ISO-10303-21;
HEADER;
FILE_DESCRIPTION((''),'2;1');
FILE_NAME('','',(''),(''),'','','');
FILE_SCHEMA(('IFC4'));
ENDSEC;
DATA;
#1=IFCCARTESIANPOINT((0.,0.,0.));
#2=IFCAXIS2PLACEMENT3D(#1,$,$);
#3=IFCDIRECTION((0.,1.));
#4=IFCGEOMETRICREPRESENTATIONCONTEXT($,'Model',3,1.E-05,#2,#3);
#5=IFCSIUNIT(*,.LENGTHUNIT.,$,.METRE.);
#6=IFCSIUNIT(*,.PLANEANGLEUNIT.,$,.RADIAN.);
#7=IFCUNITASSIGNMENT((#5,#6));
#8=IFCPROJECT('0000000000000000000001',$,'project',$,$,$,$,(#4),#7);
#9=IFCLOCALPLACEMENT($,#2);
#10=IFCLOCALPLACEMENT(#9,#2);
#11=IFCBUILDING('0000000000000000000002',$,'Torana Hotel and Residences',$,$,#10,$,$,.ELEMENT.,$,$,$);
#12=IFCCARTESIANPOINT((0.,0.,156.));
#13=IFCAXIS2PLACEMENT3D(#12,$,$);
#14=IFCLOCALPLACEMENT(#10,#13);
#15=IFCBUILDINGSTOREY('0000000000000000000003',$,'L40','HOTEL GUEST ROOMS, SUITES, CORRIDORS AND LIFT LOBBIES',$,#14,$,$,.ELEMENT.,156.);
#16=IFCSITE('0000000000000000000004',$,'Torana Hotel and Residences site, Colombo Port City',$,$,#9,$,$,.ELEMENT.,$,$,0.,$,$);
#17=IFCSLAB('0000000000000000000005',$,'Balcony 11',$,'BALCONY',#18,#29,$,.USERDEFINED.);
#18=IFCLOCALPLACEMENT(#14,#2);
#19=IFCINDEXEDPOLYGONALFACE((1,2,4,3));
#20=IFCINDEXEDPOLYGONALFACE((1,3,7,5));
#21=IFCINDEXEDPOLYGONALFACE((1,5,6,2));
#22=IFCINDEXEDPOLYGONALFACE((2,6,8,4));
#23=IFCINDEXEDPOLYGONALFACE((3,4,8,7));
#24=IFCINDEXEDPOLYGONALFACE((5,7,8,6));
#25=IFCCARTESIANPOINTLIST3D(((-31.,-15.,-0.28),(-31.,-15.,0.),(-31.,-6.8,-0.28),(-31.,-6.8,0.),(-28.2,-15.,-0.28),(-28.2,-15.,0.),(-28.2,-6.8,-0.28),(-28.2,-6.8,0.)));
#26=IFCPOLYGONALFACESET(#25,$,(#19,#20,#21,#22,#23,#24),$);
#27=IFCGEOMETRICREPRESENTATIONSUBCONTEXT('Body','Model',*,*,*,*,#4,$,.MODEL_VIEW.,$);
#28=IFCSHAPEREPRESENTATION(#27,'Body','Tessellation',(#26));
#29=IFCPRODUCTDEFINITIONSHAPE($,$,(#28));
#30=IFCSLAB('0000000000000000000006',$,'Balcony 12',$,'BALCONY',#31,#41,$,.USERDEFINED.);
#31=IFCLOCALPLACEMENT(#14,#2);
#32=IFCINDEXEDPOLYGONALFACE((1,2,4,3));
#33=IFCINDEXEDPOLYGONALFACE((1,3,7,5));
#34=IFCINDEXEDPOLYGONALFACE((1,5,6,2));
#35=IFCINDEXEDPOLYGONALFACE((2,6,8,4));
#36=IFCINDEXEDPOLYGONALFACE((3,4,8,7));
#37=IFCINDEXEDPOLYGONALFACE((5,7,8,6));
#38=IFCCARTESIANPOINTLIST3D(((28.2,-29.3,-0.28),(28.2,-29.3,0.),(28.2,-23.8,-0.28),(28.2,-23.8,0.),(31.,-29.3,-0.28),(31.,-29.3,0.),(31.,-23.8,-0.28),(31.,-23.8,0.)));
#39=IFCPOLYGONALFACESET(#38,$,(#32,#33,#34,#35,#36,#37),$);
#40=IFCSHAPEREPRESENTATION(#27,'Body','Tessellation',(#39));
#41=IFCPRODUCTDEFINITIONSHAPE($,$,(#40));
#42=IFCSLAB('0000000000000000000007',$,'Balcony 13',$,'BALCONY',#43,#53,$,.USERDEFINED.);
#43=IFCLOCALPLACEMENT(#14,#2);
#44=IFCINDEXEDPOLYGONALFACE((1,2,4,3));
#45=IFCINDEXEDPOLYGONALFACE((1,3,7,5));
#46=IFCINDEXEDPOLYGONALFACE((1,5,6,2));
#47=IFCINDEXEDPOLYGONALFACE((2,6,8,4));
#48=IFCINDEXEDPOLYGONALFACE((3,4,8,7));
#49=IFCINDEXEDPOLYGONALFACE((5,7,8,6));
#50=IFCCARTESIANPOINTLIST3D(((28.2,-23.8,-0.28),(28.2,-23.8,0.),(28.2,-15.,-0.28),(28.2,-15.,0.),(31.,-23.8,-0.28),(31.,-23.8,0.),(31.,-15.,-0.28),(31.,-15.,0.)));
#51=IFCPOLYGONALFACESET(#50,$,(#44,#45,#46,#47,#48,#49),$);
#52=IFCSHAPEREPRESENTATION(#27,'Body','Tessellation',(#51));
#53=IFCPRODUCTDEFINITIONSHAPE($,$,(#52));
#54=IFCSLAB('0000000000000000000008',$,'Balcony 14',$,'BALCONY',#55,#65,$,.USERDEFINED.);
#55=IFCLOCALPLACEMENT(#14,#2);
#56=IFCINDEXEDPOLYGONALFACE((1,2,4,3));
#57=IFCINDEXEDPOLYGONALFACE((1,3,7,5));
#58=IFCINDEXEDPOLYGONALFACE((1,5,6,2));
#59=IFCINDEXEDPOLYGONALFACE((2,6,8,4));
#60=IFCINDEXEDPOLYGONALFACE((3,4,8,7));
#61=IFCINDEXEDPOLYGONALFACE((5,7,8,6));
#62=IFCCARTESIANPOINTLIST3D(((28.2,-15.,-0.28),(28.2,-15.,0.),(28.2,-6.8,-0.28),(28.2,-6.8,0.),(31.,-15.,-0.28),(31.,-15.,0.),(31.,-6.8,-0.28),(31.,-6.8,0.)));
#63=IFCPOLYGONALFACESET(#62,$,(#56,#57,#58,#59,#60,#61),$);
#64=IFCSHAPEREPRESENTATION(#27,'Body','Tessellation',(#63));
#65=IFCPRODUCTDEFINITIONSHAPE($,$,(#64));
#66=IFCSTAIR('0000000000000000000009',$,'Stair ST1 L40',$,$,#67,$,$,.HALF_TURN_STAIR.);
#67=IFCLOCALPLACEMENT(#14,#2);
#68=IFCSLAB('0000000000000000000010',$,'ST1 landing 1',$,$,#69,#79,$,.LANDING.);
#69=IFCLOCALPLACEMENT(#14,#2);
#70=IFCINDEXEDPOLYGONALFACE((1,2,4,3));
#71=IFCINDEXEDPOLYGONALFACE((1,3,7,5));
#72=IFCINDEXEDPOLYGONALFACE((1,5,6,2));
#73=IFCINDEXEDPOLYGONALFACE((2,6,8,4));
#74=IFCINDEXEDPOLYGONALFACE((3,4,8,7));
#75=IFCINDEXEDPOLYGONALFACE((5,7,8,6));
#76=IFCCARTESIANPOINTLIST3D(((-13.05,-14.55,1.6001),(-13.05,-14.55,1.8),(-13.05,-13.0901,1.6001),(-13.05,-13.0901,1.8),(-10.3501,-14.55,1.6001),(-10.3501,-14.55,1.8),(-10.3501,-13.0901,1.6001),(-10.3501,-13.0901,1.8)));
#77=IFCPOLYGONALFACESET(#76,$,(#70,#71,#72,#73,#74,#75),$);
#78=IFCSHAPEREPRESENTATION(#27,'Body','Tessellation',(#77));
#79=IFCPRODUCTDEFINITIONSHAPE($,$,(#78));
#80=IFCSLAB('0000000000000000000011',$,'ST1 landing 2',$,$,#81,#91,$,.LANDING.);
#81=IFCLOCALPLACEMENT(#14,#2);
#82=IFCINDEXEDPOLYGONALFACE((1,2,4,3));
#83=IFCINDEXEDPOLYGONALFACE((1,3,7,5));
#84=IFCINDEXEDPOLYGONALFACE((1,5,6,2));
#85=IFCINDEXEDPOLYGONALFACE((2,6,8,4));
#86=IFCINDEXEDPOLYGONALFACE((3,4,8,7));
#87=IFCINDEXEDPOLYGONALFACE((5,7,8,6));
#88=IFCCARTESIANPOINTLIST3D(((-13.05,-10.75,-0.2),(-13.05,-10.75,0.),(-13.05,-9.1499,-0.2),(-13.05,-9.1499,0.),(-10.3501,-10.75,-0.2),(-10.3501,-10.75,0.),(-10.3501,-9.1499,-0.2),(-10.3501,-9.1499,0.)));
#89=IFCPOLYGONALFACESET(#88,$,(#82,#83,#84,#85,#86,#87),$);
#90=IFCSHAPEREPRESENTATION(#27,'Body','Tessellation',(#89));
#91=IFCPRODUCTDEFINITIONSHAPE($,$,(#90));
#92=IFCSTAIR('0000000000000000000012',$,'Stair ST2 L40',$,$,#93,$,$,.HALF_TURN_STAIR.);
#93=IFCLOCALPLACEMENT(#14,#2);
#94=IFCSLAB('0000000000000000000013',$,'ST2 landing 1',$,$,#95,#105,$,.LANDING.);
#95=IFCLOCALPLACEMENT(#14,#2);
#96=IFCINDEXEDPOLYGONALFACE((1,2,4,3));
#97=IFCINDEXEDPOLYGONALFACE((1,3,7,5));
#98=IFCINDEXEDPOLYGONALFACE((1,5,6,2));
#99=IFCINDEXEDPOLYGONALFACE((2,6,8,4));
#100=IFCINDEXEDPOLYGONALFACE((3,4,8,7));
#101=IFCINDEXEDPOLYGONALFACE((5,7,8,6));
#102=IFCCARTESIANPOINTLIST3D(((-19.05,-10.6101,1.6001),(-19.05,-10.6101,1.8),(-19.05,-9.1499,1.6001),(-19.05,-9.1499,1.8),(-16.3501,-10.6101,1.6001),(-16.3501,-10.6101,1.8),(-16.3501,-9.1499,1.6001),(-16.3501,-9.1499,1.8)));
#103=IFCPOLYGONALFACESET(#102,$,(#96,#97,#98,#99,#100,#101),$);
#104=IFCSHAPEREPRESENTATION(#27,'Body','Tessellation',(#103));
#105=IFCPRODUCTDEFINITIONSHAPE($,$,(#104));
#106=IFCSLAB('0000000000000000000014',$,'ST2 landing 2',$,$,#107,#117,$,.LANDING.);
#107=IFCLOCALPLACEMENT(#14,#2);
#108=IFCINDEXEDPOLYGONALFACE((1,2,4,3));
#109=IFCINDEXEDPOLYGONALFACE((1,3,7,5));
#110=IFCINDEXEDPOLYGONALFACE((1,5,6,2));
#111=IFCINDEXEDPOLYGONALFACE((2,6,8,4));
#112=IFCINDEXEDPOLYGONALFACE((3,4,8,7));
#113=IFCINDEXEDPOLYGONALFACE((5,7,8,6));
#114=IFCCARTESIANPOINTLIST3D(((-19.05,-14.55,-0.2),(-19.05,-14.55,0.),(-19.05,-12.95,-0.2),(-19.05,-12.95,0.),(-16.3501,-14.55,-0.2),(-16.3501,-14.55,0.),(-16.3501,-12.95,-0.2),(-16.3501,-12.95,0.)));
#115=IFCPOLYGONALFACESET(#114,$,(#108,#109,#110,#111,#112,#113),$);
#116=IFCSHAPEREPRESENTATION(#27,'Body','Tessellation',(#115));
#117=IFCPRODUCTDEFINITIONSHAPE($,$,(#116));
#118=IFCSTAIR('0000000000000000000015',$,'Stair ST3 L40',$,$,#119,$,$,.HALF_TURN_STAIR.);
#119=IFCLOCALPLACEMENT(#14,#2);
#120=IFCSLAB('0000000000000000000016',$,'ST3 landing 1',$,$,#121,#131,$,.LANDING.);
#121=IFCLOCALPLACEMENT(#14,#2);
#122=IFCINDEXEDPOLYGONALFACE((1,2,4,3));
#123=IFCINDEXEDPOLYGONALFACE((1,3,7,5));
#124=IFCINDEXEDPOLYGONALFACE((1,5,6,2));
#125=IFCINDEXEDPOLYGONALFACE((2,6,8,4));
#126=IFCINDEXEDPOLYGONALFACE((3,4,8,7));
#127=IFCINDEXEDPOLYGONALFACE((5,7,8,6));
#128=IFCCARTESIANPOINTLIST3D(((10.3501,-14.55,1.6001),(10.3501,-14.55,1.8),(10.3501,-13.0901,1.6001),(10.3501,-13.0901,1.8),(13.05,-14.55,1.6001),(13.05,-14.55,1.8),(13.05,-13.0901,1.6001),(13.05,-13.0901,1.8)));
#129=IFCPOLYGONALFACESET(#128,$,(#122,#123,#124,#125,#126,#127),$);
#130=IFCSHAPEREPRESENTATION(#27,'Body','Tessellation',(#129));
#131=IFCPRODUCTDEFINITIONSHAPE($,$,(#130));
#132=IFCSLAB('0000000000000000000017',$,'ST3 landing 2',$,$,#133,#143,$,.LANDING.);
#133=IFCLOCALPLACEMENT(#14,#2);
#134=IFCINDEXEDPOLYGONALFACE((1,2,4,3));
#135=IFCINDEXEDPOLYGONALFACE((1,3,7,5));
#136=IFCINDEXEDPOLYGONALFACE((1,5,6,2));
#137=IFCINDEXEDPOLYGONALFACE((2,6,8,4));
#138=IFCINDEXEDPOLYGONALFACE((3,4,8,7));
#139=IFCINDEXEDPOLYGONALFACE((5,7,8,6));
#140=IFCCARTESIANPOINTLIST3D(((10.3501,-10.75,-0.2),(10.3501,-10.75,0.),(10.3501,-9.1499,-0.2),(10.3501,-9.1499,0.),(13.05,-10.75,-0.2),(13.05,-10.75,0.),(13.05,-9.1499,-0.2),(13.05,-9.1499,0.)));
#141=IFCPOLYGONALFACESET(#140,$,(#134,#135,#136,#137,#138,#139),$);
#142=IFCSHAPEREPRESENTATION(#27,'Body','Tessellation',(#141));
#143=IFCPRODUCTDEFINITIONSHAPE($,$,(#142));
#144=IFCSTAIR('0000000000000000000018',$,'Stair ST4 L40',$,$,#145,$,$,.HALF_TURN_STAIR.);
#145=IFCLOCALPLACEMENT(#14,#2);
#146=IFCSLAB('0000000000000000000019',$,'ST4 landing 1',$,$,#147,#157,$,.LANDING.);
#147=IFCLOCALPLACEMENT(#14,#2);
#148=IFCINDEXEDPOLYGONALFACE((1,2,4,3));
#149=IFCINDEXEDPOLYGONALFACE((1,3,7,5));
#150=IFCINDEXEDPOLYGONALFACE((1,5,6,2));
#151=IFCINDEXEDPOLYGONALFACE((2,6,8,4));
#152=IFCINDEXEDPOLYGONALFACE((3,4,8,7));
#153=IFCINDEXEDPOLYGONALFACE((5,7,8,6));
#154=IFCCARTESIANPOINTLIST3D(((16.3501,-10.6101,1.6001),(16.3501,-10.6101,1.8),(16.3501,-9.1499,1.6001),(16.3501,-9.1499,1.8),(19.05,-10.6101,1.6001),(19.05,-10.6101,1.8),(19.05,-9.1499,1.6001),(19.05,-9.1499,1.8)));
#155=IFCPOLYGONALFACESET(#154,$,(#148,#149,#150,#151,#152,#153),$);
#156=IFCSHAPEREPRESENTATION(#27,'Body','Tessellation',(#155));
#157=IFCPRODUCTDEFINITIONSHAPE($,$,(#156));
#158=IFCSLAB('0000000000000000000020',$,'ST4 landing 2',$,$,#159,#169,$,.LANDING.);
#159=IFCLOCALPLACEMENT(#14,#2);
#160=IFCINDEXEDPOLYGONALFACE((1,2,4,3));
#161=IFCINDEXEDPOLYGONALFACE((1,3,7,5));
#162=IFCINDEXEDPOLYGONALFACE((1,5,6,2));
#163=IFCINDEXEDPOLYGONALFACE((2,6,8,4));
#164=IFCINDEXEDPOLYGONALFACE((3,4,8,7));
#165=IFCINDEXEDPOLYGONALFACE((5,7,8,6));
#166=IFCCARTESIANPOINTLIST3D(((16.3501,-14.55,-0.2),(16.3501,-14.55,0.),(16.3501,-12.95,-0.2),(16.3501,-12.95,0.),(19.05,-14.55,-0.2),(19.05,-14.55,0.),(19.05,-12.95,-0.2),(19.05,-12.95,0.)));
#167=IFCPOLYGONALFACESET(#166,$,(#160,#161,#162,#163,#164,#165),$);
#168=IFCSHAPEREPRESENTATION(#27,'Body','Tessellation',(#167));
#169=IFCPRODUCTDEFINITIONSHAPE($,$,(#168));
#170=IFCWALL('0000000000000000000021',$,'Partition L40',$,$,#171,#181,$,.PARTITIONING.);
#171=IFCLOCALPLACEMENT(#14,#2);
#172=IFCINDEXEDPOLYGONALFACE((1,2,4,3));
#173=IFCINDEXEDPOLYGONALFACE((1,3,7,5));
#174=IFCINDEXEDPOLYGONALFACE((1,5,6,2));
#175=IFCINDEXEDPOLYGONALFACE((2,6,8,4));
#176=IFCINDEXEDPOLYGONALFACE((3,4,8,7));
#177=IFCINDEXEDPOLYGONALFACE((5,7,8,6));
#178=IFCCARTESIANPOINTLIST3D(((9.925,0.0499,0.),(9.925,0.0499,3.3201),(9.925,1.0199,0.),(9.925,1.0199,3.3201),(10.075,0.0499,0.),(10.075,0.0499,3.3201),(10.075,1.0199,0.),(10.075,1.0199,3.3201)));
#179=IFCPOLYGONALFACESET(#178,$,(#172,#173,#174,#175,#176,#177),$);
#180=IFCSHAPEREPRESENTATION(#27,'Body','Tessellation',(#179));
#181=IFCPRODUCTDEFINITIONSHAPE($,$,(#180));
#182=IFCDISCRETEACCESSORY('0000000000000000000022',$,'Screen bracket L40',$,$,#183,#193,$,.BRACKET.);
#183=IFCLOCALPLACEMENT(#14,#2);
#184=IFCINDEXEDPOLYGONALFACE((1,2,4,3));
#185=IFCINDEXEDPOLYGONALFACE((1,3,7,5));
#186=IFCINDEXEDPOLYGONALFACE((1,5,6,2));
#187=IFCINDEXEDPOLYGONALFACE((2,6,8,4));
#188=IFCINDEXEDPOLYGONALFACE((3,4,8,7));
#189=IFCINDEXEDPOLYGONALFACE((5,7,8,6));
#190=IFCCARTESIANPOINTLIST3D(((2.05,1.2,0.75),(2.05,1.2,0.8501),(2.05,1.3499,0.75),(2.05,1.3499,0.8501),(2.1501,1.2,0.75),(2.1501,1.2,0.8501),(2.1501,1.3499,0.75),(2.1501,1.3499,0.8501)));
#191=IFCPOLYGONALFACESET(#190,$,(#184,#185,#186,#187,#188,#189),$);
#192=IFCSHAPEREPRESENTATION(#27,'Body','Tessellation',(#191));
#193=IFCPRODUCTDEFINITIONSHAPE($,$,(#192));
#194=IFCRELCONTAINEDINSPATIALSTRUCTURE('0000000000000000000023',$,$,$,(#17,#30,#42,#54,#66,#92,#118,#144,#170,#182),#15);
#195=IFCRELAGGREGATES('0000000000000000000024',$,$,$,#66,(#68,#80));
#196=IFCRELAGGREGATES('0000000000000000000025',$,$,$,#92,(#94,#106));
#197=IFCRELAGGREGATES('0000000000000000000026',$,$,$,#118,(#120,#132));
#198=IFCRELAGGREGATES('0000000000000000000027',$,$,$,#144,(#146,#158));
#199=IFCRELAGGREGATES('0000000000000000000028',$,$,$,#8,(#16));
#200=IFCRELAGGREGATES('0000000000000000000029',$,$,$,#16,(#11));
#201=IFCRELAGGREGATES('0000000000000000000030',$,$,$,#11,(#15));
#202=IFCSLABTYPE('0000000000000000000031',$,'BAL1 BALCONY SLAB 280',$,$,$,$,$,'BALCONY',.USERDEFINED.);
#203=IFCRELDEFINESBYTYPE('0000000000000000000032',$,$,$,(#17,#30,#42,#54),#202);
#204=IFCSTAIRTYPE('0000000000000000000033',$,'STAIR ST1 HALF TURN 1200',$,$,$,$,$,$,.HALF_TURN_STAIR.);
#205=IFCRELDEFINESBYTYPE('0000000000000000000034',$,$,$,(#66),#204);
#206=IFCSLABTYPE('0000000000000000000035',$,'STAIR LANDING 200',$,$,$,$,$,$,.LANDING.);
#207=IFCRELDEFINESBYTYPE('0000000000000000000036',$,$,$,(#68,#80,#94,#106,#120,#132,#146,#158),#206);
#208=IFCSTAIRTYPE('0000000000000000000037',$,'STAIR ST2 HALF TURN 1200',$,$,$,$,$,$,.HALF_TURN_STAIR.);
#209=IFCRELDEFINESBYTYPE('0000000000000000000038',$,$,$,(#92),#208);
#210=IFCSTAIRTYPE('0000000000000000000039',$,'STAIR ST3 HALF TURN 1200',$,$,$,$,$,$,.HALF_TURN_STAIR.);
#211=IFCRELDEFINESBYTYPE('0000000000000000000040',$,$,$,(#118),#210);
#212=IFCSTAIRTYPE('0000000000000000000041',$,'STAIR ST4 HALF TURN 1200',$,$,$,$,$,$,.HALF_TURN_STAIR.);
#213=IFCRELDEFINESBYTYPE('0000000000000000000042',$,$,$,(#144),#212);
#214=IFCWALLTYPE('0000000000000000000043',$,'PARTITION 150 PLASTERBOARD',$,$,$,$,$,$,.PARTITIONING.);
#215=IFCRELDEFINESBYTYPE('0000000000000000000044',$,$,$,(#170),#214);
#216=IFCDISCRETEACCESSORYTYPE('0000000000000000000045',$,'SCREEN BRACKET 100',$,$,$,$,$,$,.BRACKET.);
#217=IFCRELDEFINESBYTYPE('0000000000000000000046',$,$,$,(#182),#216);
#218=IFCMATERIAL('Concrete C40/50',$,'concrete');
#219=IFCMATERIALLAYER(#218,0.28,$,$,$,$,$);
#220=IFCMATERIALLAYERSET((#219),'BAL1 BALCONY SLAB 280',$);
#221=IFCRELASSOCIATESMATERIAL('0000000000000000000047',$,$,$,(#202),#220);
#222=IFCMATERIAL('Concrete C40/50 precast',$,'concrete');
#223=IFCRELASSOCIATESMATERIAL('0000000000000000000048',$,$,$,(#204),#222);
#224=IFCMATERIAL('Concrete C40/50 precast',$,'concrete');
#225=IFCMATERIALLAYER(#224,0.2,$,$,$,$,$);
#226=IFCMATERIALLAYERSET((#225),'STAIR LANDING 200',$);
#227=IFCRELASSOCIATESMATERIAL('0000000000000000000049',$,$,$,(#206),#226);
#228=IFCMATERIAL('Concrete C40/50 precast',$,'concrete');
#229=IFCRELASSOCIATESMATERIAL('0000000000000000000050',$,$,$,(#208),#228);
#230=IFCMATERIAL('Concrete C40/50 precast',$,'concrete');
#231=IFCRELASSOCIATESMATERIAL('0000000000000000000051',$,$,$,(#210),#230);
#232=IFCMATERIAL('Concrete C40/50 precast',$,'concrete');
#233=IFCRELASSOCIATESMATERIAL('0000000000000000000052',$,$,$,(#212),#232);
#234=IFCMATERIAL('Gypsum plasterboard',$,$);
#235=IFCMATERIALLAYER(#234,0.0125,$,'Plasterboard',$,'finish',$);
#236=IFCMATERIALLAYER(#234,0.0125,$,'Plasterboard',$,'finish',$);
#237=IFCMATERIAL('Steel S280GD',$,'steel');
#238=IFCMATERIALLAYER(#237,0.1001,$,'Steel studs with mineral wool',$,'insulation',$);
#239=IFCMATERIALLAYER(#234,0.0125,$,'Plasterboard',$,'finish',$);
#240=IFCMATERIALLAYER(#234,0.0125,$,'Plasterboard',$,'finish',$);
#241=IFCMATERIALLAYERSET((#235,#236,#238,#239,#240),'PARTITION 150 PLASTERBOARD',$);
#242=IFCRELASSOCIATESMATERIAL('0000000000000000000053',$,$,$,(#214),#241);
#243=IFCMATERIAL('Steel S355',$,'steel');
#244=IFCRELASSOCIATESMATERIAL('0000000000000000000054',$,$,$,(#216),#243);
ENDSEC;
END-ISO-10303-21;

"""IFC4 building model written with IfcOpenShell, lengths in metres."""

from ifc_helpers import new_model, si_unit, direction, frame, frame_2d, origin, origin_2d, place, context, subcontext, project, spatial, polyline, rectangle, outline, extrude, material, layer, layer_set, type_object, element, aggregate, save


model = new_model("IFC4")

# Units and contexts
model_context = context("Model", 3, precision=1e-05, world=origin(), true_north=direction((0.0, 1.0)))
body_context = subcontext(model_context, "Body", "Model", "MODEL_VIEW")
ifc_project = project(units=[si_unit("LENGTHUNIT", "METRE"), si_unit("PLANEANGLEUNIT", "RADIAN")], contexts=[model_context])

# Site, building, storey
site_placement = place(None, origin())
site = spatial("IfcSite", under=ifc_project, at=site_placement, Name="Torana Hotel and Residences site, Colombo Port City", CompositionType="ELEMENT", RefElevation=0.0)
building_placement = place(site_placement, origin())
building = spatial("IfcBuilding", under=site, at=building_placement, Name="Torana Hotel and Residences", CompositionType="ELEMENT")
storey_placement = place(building_placement, frame((0.0, 0.0, 156.0)))
storey = spatial("IfcBuildingStorey", under=building, at=storey_placement, Name="L40", Description="HOTEL GUEST ROOMS, SUITES, CORRIDORS AND LIFT LOBBIES", CompositionType="ELEMENT", Elevation=156.0)

# Slabs
ifc_material_1 = material(Name="Concrete C40/50", Category="concrete")
ifc_layer_1 = layer(ifc_material_1, 0.28)
ifc_layer_set_1 = layer_set([ifc_layer_1], Name="BAL1 BALCONY SLAB 280")
slab_type_1 = type_object("IfcSlabType", Name="BAL1 BALCONY SLAB 280", ElementType="BALCONY", PredefinedType="USERDEFINED", material=ifc_layer_set_1)
slab_1_placement = place(storey_placement, frame((0.0, 0.0, -0.28)))
element("IfcSlab", 1, at=slab_1_placement, inside=storey, type_object=slab_type_1, Name="Balcony 11", ObjectType="BALCONY", PredefinedType="USERDEFINED", context=body_context, shape_type="SweptSolid", body=[
    extrude(outline(polyline([(-31.0, -15.0), (-28.2, -15.0), (-28.2, -6.8), (-31.0, -6.8), (-31.0, -15.0)])), origin(), (0.0, 0.0, 1.0), 0.28),
])
slab_2_placement = place(storey_placement, frame((0.0, 0.0, -0.28)))
element("IfcSlab", 2, at=slab_2_placement, inside=storey, type_object=slab_type_1, Name="Balcony 12", ObjectType="BALCONY", PredefinedType="USERDEFINED", context=body_context, shape_type="SweptSolid", body=[
    extrude(outline(polyline([(28.2, -29.3), (31.0, -29.3), (31.0, -23.8), (28.2, -23.8), (28.2, -29.3)])), origin(), (0.0, 0.0, 1.0), 0.28),
])
slab_3_placement = place(storey_placement, frame((0.0, 0.0, -0.28)))
element("IfcSlab", 3, at=slab_3_placement, inside=storey, type_object=slab_type_1, Name="Balcony 13", ObjectType="BALCONY", PredefinedType="USERDEFINED", context=body_context, shape_type="SweptSolid", body=[
    extrude(outline(polyline([(28.2, -23.8), (31.0, -23.8), (31.0, -15.0), (28.2, -15.0), (28.2, -23.8)])), origin(), (0.0, 0.0, 1.0), 0.28),
])
slab_4_placement = place(storey_placement, frame((0.0, 0.0, -0.28)))
element("IfcSlab", 4, at=slab_4_placement, inside=storey, type_object=slab_type_1, Name="Balcony 14", ObjectType="BALCONY", PredefinedType="USERDEFINED", context=body_context, shape_type="SweptSolid", body=[
    extrude(outline(polyline([(28.2, -15.0), (31.0, -15.0), (31.0, -6.8), (28.2, -6.8), (28.2, -15.0)])), origin(), (0.0, 0.0, 1.0), 0.28),
])

# Stairs, slabs
ifc_material_2 = material(Name="Concrete C40/50 precast", Category="concrete")
stair_type_1 = type_object("IfcStairType", Name="STAIR ST1 HALF TURN 1200", PredefinedType="HALF_TURN_STAIR", material=ifc_material_2)
stair_1_placement = place(storey_placement, origin())
stair_1 = element("IfcStair", 5, at=stair_1_placement, inside=storey, type_object=stair_type_1, Name="Stair ST1 L40", PredefinedType="HALF_TURN_STAIR")
ifc_material_3 = material(Name="Concrete C40/50 precast", Category="concrete")
ifc_layer_2 = layer(ifc_material_3, 0.2)
ifc_layer_set_2 = layer_set([ifc_layer_2], Name="STAIR LANDING 200")
slab_type_2 = type_object("IfcSlabType", Name="STAIR LANDING 200", PredefinedType="LANDING", material=ifc_layer_set_2)
slab_5_placement = place(storey_placement, frame((0.0, 0.0, 1.6001)))
slab_5 = element("IfcSlab", 6, at=slab_5_placement, type_object=slab_type_2, Name="ST1 landing 1", PredefinedType="LANDING", context=body_context, shape_type="SweptSolid", body=[
    extrude(outline(polyline([(-13.05, -14.55), (-10.3501, -14.55), (-10.3501, -13.0901), (-13.05, -13.0901), (-13.05, -14.55)])), origin(), (0.0, 0.0, 1.0), 0.2),
])
slab_6_placement = place(storey_placement, frame((0.0, 0.0, -0.2)))
slab_6 = element("IfcSlab", 7, at=slab_6_placement, type_object=slab_type_2, Name="ST1 landing 2", PredefinedType="LANDING", context=body_context, shape_type="SweptSolid", body=[
    extrude(outline(polyline([(-13.05, -10.75), (-10.3501, -10.75), (-10.3501, -9.1499), (-13.05, -9.1499), (-13.05, -10.75)])), origin(), (0.0, 0.0, 1.0), 0.2),
])
aggregate(stair_1, [slab_5, slab_6])
ifc_material_4 = material(Name="Concrete C40/50 precast", Category="concrete")
stair_type_2 = type_object("IfcStairType", Name="STAIR ST2 HALF TURN 1200", PredefinedType="HALF_TURN_STAIR", material=ifc_material_4)
stair_2_placement = place(storey_placement, origin())
stair_2 = element("IfcStair", 8, at=stair_2_placement, inside=storey, type_object=stair_type_2, Name="Stair ST2 L40", PredefinedType="HALF_TURN_STAIR")
slab_7_placement = place(storey_placement, frame((0.0, 0.0, 1.6001)))
slab_7 = element("IfcSlab", 9, at=slab_7_placement, type_object=slab_type_2, Name="ST2 landing 1", PredefinedType="LANDING", context=body_context, shape_type="SweptSolid", body=[
    extrude(outline(polyline([(-19.05, -10.6101), (-16.3501, -10.6101), (-16.3501, -9.1499), (-19.05, -9.1499), (-19.05, -10.6101)])), origin(), (0.0, 0.0, 1.0), 0.2),
])
slab_8_placement = place(storey_placement, frame((0.0, 0.0, -0.2)))
slab_8 = element("IfcSlab", 10, at=slab_8_placement, type_object=slab_type_2, Name="ST2 landing 2", PredefinedType="LANDING", context=body_context, shape_type="SweptSolid", body=[
    extrude(outline(polyline([(-19.05, -14.55), (-16.3501, -14.55), (-16.3501, -12.95), (-19.05, -12.95), (-19.05, -14.55)])), origin(), (0.0, 0.0, 1.0), 0.2),
])
aggregate(stair_2, [slab_7, slab_8])
ifc_material_5 = material(Name="Concrete C40/50 precast", Category="concrete")
stair_type_3 = type_object("IfcStairType", Name="STAIR ST3 HALF TURN 1200", PredefinedType="HALF_TURN_STAIR", material=ifc_material_5)
stair_3_placement = place(storey_placement, origin())
stair_3 = element("IfcStair", 11, at=stair_3_placement, inside=storey, type_object=stair_type_3, Name="Stair ST3 L40", PredefinedType="HALF_TURN_STAIR")
slab_9_placement = place(storey_placement, frame((0.0, 0.0, 1.6001)))
slab_9 = element("IfcSlab", 12, at=slab_9_placement, type_object=slab_type_2, Name="ST3 landing 1", PredefinedType="LANDING", context=body_context, shape_type="SweptSolid", body=[
    extrude(outline(polyline([(10.3501, -14.55), (13.05, -14.55), (13.05, -13.0901), (10.3501, -13.0901), (10.3501, -14.55)])), origin(), (0.0, 0.0, 1.0), 0.2),
])
slab_10_placement = place(storey_placement, frame((0.0, 0.0, -0.2)))
slab_10 = element("IfcSlab", 13, at=slab_10_placement, type_object=slab_type_2, Name="ST3 landing 2", PredefinedType="LANDING", context=body_context, shape_type="SweptSolid", body=[
    extrude(outline(polyline([(10.3501, -10.75), (13.05, -10.75), (13.05, -9.1499), (10.3501, -9.1499), (10.3501, -10.75)])), origin(), (0.0, 0.0, 1.0), 0.2),
])
aggregate(stair_3, [slab_9, slab_10])
ifc_material_6 = material(Name="Concrete C40/50 precast", Category="concrete")
stair_type_4 = type_object("IfcStairType", Name="STAIR ST4 HALF TURN 1200", PredefinedType="HALF_TURN_STAIR", material=ifc_material_6)
stair_4_placement = place(storey_placement, origin())
stair_4 = element("IfcStair", 14, at=stair_4_placement, inside=storey, type_object=stair_type_4, Name="Stair ST4 L40", PredefinedType="HALF_TURN_STAIR")
slab_11_placement = place(storey_placement, frame((0.0, 0.0, 1.6001)))
slab_11 = element("IfcSlab", 15, at=slab_11_placement, type_object=slab_type_2, Name="ST4 landing 1", PredefinedType="LANDING", context=body_context, shape_type="SweptSolid", body=[
    extrude(outline(polyline([(16.3501, -10.6101), (19.05, -10.6101), (19.05, -9.1499), (16.3501, -9.1499), (16.3501, -10.6101)])), origin(), (0.0, 0.0, 1.0), 0.2),
])
slab_12_placement = place(storey_placement, frame((0.0, 0.0, -0.2)))
slab_12 = element("IfcSlab", 16, at=slab_12_placement, type_object=slab_type_2, Name="ST4 landing 2", PredefinedType="LANDING", context=body_context, shape_type="SweptSolid", body=[
    extrude(outline(polyline([(16.3501, -14.55), (19.05, -14.55), (19.05, -12.95), (16.3501, -12.95), (16.3501, -14.55)])), origin(), (0.0, 0.0, 1.0), 0.2),
])
aggregate(stair_4, [slab_11, slab_12])

# Wall
ifc_material_7 = material(Name="Gypsum plasterboard")
ifc_layer_3 = layer(ifc_material_7, 0.0125, Name="Plasterboard", Category="finish")
ifc_layer_4 = layer(ifc_material_7, 0.0125, Name="Plasterboard", Category="finish")
ifc_material_8 = material(Name="Steel S280GD", Category="steel")
ifc_layer_5 = layer(ifc_material_8, 0.1001, Name="Steel studs with mineral wool", Category="insulation")
ifc_layer_6 = layer(ifc_material_7, 0.0125, Name="Plasterboard", Category="finish")
ifc_layer_7 = layer(ifc_material_7, 0.0125, Name="Plasterboard", Category="finish")
ifc_layer_set_3 = layer_set([ifc_layer_3, ifc_layer_4, ifc_layer_5, ifc_layer_6, ifc_layer_7], Name="PARTITION 150 PLASTERBOARD")
wall_type = type_object("IfcWallType", Name="PARTITION 150 PLASTERBOARD", PredefinedType="PARTITIONING", material=ifc_layer_set_3)
wall_placement = place(storey_placement, frame((10.0, 0.05, 0.0), z_axis=(0.0, 0.0, 1.0), x_axis=(0.0, 1.0, 0.0)))
element("IfcWall", 17, at=wall_placement, inside=storey, type_object=wall_type, Name="Partition L40", PredefinedType="PARTITIONING", context=body_context, shape_type="SweptSolid", body=[
    extrude(rectangle(XDim=0.97, YDim=0.1499, at=frame_2d((0.4849, 0.0))), origin(), (0.0, 0.0, 1.0), 3.3201),
])

# Discrete accessory
ifc_material_9 = material(Name="Steel S355", Category="steel")
discrete_accessory_type = type_object("IfcDiscreteAccessoryType", Name="SCREEN BRACKET 100", PredefinedType="BRACKET", material=ifc_material_9)
for number, where, z_axis, x_axis, name in (
    (18, (2.1001, 1.2749, 0.75), (0.0, 0.0, 1.0), (-1.0, 0.0, 0.0), "Screen bracket L40"),
):
    element("IfcDiscreteAccessory", number, at=place(storey_placement, frame(where, z_axis=z_axis, x_axis=x_axis)), inside=storey, type_object=discrete_accessory_type, Name=name, PredefinedType="BRACKET", context=body_context, shape_type="SweptSolid", body=[
        extrude(rectangle(XDim=0.1001, YDim=0.1499, at=origin_2d()), origin(), (0.0, 0.0, 1.0), 0.1001),
    ])

save(model, "model.ifc")
